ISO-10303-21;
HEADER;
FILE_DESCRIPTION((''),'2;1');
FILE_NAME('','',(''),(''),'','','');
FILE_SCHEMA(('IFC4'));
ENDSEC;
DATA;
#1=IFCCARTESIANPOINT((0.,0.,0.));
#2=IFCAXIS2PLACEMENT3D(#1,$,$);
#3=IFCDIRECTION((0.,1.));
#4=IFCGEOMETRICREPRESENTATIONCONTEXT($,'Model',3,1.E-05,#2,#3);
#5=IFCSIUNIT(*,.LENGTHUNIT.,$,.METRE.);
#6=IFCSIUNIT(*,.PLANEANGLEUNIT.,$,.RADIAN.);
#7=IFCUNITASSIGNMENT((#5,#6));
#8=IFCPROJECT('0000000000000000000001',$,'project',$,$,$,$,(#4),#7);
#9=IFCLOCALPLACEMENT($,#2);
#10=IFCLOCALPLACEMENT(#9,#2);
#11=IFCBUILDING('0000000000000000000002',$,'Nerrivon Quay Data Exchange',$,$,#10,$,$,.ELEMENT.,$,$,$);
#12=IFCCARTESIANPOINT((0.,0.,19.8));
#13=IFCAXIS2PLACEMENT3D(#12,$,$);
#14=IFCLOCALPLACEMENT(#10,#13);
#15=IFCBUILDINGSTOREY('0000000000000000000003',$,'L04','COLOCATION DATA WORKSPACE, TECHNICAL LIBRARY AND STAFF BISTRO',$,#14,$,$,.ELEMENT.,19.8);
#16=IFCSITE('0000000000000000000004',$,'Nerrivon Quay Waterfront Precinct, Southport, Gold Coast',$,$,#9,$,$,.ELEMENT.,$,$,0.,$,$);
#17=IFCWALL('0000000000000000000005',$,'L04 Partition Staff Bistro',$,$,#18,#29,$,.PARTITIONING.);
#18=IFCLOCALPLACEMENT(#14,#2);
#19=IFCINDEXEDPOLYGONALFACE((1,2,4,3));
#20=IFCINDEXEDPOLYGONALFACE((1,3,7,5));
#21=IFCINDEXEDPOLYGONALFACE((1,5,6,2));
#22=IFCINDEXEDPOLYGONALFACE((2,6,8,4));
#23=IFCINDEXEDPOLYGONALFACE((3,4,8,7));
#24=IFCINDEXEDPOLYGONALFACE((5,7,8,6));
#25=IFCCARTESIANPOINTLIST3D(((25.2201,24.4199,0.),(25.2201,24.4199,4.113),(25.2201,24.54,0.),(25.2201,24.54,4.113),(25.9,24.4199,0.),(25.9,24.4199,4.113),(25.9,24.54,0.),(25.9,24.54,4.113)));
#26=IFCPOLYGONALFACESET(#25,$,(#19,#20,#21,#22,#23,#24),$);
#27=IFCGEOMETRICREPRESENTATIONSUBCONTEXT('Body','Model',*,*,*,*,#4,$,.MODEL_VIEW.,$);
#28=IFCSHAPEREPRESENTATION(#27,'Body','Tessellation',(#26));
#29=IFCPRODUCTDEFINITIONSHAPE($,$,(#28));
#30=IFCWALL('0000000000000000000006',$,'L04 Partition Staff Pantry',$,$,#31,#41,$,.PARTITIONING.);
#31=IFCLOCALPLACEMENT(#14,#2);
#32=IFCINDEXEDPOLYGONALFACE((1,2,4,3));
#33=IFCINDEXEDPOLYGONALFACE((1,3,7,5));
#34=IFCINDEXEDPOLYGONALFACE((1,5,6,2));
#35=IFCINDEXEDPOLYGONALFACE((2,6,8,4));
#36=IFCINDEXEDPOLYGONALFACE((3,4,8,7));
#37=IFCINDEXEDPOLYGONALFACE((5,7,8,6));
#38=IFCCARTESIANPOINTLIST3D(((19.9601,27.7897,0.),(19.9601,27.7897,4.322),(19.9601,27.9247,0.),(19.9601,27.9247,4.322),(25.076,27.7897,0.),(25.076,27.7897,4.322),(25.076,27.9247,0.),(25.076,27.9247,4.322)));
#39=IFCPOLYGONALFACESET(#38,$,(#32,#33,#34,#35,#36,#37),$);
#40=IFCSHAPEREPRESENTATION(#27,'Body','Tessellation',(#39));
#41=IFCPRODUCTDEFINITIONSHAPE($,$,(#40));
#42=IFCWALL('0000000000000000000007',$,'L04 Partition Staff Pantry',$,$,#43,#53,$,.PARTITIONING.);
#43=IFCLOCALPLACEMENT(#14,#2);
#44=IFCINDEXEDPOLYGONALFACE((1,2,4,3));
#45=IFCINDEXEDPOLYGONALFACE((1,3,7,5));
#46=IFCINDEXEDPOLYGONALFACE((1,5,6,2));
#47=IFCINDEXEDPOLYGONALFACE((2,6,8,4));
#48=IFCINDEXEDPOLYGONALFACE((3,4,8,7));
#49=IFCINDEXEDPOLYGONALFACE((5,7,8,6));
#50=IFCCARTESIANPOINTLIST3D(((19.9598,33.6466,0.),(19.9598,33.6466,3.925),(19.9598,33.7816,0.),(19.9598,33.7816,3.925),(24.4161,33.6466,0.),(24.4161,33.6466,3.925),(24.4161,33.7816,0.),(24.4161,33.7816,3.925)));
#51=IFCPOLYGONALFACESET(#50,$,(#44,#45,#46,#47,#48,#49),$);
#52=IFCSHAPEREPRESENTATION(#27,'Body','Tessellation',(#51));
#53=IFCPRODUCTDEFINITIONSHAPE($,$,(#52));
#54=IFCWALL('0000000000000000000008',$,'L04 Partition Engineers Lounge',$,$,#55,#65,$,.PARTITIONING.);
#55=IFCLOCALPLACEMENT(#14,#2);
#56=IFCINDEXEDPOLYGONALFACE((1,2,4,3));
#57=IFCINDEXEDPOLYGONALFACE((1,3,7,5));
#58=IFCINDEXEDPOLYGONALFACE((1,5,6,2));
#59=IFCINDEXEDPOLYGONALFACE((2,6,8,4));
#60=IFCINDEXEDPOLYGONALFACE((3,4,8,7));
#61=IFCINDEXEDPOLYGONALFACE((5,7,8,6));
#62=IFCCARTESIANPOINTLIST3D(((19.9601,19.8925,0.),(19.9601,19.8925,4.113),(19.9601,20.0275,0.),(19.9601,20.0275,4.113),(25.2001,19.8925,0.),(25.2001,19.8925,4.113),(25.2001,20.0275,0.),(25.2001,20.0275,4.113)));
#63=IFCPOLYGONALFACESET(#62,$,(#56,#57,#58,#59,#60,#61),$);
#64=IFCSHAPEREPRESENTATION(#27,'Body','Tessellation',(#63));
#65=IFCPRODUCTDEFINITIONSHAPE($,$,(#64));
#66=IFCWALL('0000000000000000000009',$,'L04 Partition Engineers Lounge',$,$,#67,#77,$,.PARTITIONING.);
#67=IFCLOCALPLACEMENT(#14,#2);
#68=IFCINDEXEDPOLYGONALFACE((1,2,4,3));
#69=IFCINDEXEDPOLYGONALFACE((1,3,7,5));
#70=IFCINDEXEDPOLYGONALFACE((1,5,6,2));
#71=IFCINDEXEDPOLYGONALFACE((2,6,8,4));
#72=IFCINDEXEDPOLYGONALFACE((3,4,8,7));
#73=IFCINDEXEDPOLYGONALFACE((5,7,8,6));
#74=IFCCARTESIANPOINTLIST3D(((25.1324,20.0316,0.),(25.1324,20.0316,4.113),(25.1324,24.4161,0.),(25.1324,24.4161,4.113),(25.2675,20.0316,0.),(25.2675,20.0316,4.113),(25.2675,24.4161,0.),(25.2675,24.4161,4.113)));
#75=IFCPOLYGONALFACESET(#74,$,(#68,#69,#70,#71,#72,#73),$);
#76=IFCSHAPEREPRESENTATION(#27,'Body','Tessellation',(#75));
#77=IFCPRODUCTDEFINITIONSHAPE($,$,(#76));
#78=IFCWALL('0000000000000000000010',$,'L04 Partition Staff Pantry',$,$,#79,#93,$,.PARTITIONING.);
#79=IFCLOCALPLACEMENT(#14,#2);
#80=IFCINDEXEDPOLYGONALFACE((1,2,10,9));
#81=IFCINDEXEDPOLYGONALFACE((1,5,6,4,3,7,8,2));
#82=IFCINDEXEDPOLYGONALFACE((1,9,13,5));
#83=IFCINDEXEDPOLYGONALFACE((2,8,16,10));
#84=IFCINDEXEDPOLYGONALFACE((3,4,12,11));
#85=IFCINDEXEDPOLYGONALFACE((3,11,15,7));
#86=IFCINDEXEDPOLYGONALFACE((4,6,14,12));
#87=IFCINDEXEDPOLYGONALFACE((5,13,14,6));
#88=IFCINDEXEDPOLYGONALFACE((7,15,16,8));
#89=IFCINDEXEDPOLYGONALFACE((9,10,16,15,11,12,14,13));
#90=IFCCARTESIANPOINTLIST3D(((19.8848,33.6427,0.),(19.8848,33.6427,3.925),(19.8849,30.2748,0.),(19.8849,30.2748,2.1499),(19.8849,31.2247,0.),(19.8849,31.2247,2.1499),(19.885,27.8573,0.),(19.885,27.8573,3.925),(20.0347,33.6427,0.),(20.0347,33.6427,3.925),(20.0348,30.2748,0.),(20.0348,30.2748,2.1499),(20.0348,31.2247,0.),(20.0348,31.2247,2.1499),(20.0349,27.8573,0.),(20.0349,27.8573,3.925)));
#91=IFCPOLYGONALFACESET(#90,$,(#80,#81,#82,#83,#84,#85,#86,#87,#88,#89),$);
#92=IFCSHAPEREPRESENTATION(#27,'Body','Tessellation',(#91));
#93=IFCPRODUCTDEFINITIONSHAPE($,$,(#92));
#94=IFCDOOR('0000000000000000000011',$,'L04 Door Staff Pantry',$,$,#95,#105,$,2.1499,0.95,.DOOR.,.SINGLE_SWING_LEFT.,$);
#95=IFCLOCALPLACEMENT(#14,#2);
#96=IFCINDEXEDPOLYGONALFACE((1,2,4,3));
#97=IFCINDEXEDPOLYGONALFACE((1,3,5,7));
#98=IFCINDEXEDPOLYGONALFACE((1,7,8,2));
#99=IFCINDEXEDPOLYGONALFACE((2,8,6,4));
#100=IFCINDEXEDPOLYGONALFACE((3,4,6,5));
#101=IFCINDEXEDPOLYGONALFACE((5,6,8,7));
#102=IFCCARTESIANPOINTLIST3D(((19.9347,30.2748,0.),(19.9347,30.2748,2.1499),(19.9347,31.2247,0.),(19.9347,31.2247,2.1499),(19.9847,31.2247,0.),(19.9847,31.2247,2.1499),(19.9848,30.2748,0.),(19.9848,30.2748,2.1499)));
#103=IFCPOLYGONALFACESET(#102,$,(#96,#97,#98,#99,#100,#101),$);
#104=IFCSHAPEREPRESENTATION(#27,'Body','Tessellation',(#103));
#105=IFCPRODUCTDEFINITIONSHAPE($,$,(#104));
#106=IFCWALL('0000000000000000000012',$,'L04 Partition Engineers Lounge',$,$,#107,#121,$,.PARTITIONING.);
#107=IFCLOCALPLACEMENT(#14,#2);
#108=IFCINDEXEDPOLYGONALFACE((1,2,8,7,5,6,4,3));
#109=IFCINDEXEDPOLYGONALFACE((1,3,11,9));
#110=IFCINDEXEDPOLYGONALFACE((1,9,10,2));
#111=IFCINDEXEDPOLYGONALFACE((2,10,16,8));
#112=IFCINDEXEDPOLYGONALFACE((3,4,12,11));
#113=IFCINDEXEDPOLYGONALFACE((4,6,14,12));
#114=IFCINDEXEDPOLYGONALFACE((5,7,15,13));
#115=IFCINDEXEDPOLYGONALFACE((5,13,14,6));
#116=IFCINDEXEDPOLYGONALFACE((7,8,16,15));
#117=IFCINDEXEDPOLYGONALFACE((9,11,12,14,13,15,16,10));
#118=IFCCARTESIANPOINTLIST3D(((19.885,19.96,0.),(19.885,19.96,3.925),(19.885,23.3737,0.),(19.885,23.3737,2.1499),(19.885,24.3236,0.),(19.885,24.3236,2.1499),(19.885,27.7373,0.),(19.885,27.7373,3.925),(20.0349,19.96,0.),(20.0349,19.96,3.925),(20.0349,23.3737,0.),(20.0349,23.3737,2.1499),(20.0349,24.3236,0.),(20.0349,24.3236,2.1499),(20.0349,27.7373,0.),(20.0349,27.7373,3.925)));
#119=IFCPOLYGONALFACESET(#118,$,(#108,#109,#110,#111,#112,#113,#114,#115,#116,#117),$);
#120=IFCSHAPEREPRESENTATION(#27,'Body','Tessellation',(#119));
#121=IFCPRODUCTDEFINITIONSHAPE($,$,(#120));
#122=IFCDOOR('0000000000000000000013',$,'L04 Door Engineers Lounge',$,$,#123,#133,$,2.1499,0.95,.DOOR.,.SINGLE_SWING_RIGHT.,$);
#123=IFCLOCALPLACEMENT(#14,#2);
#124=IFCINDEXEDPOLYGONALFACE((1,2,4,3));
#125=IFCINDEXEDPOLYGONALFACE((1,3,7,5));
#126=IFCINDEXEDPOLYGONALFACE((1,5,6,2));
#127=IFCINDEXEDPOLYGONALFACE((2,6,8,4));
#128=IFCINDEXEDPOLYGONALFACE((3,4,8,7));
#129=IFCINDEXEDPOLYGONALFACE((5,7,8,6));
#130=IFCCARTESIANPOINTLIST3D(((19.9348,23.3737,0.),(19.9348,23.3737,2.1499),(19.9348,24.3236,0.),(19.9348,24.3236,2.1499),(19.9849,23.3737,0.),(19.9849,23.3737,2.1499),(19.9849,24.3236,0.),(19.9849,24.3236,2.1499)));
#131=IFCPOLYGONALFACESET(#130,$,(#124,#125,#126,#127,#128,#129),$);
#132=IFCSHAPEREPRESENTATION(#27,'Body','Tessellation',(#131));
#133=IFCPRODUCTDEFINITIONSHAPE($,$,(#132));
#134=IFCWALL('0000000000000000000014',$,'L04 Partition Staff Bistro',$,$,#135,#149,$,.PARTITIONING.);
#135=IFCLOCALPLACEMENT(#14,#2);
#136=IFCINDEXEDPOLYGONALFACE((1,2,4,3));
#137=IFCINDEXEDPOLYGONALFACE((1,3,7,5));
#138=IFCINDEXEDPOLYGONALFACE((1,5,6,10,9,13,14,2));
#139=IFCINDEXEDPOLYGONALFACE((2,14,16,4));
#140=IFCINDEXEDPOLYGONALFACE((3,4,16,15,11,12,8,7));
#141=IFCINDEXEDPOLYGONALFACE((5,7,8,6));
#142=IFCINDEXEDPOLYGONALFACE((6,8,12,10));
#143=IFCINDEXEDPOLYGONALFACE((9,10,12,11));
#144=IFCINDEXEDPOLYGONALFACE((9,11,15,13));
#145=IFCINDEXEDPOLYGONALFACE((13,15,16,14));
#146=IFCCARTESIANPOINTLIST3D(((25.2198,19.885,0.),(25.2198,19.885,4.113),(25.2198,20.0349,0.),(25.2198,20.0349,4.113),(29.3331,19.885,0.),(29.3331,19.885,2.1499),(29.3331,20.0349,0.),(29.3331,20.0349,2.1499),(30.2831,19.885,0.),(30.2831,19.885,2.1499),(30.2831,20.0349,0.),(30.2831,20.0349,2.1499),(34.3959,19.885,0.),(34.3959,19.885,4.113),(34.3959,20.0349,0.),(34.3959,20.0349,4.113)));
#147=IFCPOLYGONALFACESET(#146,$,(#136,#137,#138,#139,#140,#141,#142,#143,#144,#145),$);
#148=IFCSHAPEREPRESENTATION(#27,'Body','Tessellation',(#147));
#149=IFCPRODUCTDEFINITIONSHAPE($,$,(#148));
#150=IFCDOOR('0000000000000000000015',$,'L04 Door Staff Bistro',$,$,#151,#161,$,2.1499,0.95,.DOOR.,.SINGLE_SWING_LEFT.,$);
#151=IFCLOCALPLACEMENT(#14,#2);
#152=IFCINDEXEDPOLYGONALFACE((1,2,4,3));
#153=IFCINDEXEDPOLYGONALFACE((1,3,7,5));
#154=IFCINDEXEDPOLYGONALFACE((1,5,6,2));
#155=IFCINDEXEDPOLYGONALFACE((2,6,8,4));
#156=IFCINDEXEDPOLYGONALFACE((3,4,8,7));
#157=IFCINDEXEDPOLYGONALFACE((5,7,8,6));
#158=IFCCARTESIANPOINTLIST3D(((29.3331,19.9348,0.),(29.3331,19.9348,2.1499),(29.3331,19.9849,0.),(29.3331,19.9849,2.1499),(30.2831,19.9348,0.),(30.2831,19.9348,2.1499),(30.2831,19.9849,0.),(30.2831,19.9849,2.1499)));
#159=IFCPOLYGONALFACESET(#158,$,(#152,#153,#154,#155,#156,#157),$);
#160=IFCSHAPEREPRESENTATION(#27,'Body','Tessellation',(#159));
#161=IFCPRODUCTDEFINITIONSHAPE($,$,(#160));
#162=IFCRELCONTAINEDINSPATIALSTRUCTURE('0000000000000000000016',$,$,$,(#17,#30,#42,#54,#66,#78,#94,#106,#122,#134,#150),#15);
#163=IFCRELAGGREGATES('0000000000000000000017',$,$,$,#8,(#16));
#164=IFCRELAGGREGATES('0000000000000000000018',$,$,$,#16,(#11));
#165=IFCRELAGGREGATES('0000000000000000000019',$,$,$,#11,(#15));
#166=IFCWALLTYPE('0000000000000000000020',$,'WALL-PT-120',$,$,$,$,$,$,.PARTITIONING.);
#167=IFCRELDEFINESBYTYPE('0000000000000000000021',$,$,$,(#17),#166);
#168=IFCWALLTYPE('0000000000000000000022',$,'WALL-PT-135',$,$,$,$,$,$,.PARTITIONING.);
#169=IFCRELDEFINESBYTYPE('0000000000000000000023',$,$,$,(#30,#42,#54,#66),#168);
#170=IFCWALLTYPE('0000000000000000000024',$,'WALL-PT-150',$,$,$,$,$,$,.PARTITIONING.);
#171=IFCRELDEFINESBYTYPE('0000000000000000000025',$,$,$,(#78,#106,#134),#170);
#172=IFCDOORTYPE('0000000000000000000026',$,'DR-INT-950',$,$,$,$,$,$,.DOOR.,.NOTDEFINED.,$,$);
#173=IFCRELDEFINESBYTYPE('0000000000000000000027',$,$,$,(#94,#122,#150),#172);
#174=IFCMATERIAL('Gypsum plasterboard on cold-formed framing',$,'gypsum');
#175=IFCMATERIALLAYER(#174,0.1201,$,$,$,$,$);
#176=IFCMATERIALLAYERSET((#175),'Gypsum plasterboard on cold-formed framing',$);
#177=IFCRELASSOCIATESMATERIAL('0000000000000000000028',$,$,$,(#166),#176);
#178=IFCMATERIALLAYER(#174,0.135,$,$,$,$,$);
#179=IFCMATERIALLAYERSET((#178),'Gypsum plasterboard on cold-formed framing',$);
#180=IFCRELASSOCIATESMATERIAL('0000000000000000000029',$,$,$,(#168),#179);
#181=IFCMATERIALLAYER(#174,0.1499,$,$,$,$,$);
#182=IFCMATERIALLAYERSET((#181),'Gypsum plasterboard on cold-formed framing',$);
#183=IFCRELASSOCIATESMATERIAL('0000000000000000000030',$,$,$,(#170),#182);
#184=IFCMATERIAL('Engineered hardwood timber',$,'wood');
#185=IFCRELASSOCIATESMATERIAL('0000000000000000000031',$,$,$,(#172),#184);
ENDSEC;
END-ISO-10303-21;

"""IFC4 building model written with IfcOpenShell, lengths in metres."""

from ifc_helpers import new_model, si_unit, direction, frame, frame_2d, origin, place, context, subcontext, project, spatial, rectangle, extrude, material, layer, layer_set, type_object, element, fill, save


model = new_model("IFC4")

# Units and contexts
model_context = context("Model", 3, precision=1e-05, world=origin(), true_north=direction((0.0, 1.0)))
body_context = subcontext(model_context, "Body", "Model", "MODEL_VIEW")
ifc_project = project(units=[si_unit("LENGTHUNIT", "METRE"), si_unit("PLANEANGLEUNIT", "RADIAN")], contexts=[model_context])

# Site, building, storey
site_placement = place(None, origin())
site = spatial("IfcSite", under=ifc_project, at=site_placement, Name="Nerrivon Quay Waterfront Precinct, Southport, Gold Coast", CompositionType="ELEMENT", RefElevation=0.0)
building_placement = place(site_placement, origin())
building = spatial("IfcBuilding", under=site, at=building_placement, Name="Nerrivon Quay Data Exchange", CompositionType="ELEMENT")
storey_placement = place(building_placement, frame((0.0, 0.0, 19.8)))
storey = spatial("IfcBuildingStorey", under=building, at=storey_placement, Name="L04", Description="COLOCATION DATA WORKSPACE, TECHNICAL LIBRARY AND STAFF BISTRO", CompositionType="ELEMENT", Elevation=19.8)

# Walls
ifc_material_1 = material(Name="Gypsum plasterboard on cold-formed framing", Category="gypsum")
ifc_layer_1 = layer(ifc_material_1, 0.1201)
ifc_layer_set_1 = layer_set([ifc_layer_1], Name="Gypsum plasterboard on cold-formed framing")
wall_type_1 = type_object("IfcWallType", Name="WALL-PT-120", PredefinedType="PARTITIONING", material=ifc_layer_set_1)
wall_1_placement = place(storey_placement, frame((25.8999, 24.48, 0.0), z_axis=(0.0, 0.0, 1.0), x_axis=(-1.0, 0.0, 0.0)))
element("IfcWall", 1, at=wall_1_placement, inside=storey, type_object=wall_type_1, Name="L04 Partition Staff Bistro", PredefinedType="PARTITIONING", context=body_context, shape_type="SweptSolid", body=[
    extrude(rectangle(XDim=0.6799, YDim=0.1201, at=frame_2d((0.3398, 0.0))), origin(), (0.0, 0.0, 1.0), 4.113),
])
ifc_layer_2 = layer(ifc_material_1, 0.135)
ifc_layer_set_2 = layer_set([ifc_layer_2], Name="Gypsum plasterboard on cold-formed framing")
wall_type_2 = type_object("IfcWallType", Name="WALL-PT-135", PredefinedType="PARTITIONING", material=ifc_layer_set_2)
wall_2_placement = place(storey_placement, frame((19.96, 27.8572, 0.0), z_axis=(0.0, 0.0, 1.0), x_axis=(1.0, 0.0, 0.0)))
element("IfcWall", 2, at=wall_2_placement, inside=storey, type_object=wall_type_2, Name="L04 Partition Staff Pantry", PredefinedType="PARTITIONING", context=body_context, shape_type="SweptSolid", body=[
    extrude(rectangle(XDim=5.116, YDim=0.135, at=frame_2d((2.5581, 0.0))), origin(), (0.0, 0.0, 1.0), 4.322),
])
wall_3_placement = place(storey_placement, frame((24.416, 33.7141, 0.0), z_axis=(0.0, 0.0, 1.0), x_axis=(-1.0, 0.0, 0.0)))
element("IfcWall", 3, at=wall_3_placement, inside=storey, type_object=wall_type_2, Name="L04 Partition Staff Pantry", PredefinedType="PARTITIONING", context=body_context, shape_type="SweptSolid", body=[
    extrude(rectangle(XDim=4.4563, YDim=0.135, at=frame_2d((2.228, 0.0))), origin(), (0.0, 0.0, 1.0), 3.925),
])
wall_4_placement = place(storey_placement, frame((19.96, 19.96, 0.0), z_axis=(0.0, 0.0, 1.0), x_axis=(1.0, 0.0, 0.0)))
element("IfcWall", 4, at=wall_4_placement, inside=storey, type_object=wall_type_2, Name="L04 Partition Engineers Lounge", PredefinedType="PARTITIONING", context=body_context, shape_type="SweptSolid", body=[
    extrude(rectangle(XDim=5.24, YDim=0.135, at=frame_2d((2.6201, 0.0))), origin(), (0.0, 0.0, 1.0), 4.113),
])
wall_5_placement = place(storey_placement, frame((25.2, 20.0315, 0.0), z_axis=(0.0, 0.0, 1.0), x_axis=(0.0, 1.0, 0.0)))
element("IfcWall", 5, at=wall_5_placement, inside=storey, type_object=wall_type_2, Name="L04 Partition Engineers Lounge", PredefinedType="PARTITIONING", context=body_context, shape_type="SweptSolid", body=[
    extrude(rectangle(XDim=4.3845, YDim=0.135, at=frame_2d((2.1924, 0.0))), origin(), (0.0, 0.0, 1.0), 4.113),
])

# Walls, openings, doors
ifc_layer_3 = layer(ifc_material_1, 0.1499)
ifc_layer_set_3 = layer_set([ifc_layer_3], Name="Gypsum plasterboard on cold-formed framing")
wall_type_3 = type_object("IfcWallType", Name="WALL-PT-150", PredefinedType="PARTITIONING", material=ifc_layer_set_3)
wall_6_placement = place(storey_placement, frame((19.9597, 33.6426, 0.0), z_axis=(0.0, 0.0, 1.0), x_axis=(0.000042, -1.0, 0.0)))
wall_6 = element("IfcWall", 6, at=wall_6_placement, inside=storey, type_object=wall_type_3, Name="L04 Partition Staff Pantry", PredefinedType="PARTITIONING", context=body_context, shape_type="SweptSolid", body=[
    extrude(rectangle(XDim=5.7854, YDim=0.1499, at=frame_2d((2.8926, 0.0))), origin(), (0.0, 0.0, 1.0), 3.925),
])
opening_1_placement = place(wall_6_placement, frame((2.4177, 0.0, 0.0)))
opening_1 = element("IfcOpeningElement", 7, at=opening_1_placement, cuts=wall_6, PredefinedType="OPENING", context=body_context, shape_type="SweptSolid", body=[
    extrude(rectangle(XDim=0.95, YDim=2.1499, at=frame_2d((0.4751, 1.075))), frame((0.0, 0.085, 0.0), z_axis=(0.0, -1.0, 0.0), x_axis=(1.0, 0.0, 0.0)), (0.0, 0.0, 1.0), 0.1699),
])
ifc_material_2 = material(Name="Engineered hardwood timber", Category="wood")
door_type_1 = type_object("IfcDoorType", Name="DR-INT-950", OperationType="NOTDEFINED", PredefinedType="DOOR", material=ifc_material_2)
door_1_placement = place(opening_1_placement, origin())
door_1 = element("IfcDoor", 8, at=door_1_placement, inside=storey, type_object=door_type_1, Name="L04 Door Staff Pantry", OperationType="SINGLE_SWING_LEFT", OverallHeight=2.1499, OverallWidth=0.95, PredefinedType="DOOR", context=body_context, shape_type="SweptSolid", body=[
    extrude(rectangle(XDim=0.95, YDim=2.1499, at=frame_2d((0.4751, 1.075))), frame((0.0, 0.0249, 0.0), z_axis=(0.0, -1.0, 0.0), x_axis=(1.0, 0.0, 0.0)), (0.0, 0.0, 1.0), 0.05),
])
fill(opening_1, door_1)
wall_7_placement = place(storey_placement, frame((19.96, 27.7373, 0.0), z_axis=(0.0, 0.0, 1.0), x_axis=(0.0, -1.0, 0.0)))
wall_7 = element("IfcWall", 9, at=wall_7_placement, inside=storey, type_object=wall_type_3, Name="L04 Partition Engineers Lounge", PredefinedType="PARTITIONING", context=body_context, shape_type="SweptSolid", body=[
    extrude(rectangle(XDim=7.7773, YDim=0.1499, at=frame_2d((3.8887, 0.0))), origin(), (0.0, 0.0, 1.0), 3.925),
])
opening_2_placement = place(wall_7_placement, frame((3.4136, 0.0, 0.0)))
opening_2 = element("IfcOpeningElement", 10, at=opening_2_placement, cuts=wall_7, PredefinedType="OPENING", context=body_context, shape_type="SweptSolid", body=[
    extrude(rectangle(XDim=0.95, YDim=2.1499, at=frame_2d((0.4751, 1.075))), frame((0.0, 0.085, 0.0), z_axis=(0.0, -1.0, 0.0), x_axis=(1.0, 0.0, 0.0)), (0.0, 0.0, 1.0), 0.1699),
])
door_2_placement = place(opening_2_placement, origin())
door_2 = element("IfcDoor", 11, at=door_2_placement, inside=storey, type_object=door_type_1, Name="L04 Door Engineers Lounge", OperationType="SINGLE_SWING_RIGHT", OverallHeight=2.1499, OverallWidth=0.95, PredefinedType="DOOR", context=body_context, shape_type="SweptSolid", body=[
    extrude(rectangle(XDim=0.95, YDim=2.1499, at=frame_2d((0.4751, 1.075))), frame((0.0, 0.0249, 0.0), z_axis=(0.0, -1.0, 0.0), x_axis=(1.0, 0.0, 0.0)), (0.0, 0.0, 1.0), 0.05),
])
fill(opening_2, door_2)
wall_8_placement = place(storey_placement, frame((25.22, 19.96, 0.0), z_axis=(0.0, 0.0, 1.0), x_axis=(1.0, 0.0, 0.0)))
wall_8 = element("IfcWall", 12, at=wall_8_placement, inside=storey, type_object=wall_type_3, Name="L04 Partition Staff Bistro", PredefinedType="PARTITIONING", context=body_context, shape_type="SweptSolid", body=[
    extrude(rectangle(XDim=9.176, YDim=0.1499, at=frame_2d((4.5879, 0.0))), origin(), (0.0, 0.0, 1.0), 4.113),
])
opening_3_placement = place(wall_8_placement, frame((4.113, 0.0, 0.0)))
opening_3 = element("IfcOpeningElement", 13, at=opening_3_placement, cuts=wall_8, PredefinedType="OPENING", context=body_context, shape_type="SweptSolid", body=[
    extrude(rectangle(XDim=0.95, YDim=2.1499, at=frame_2d((0.4751, 1.075))), frame((0.0, 0.085, 0.0), z_axis=(0.0, -1.0, 0.0), x_axis=(1.0, 0.0, 0.0)), (0.0, 0.0, 1.0), 0.1699),
])
door_3_placement = place(opening_3_placement, origin())
door_3 = element("IfcDoor", 14, at=door_3_placement, inside=storey, type_object=door_type_1, Name="L04 Door Staff Bistro", OperationType="SINGLE_SWING_LEFT", OverallHeight=2.1499, OverallWidth=0.95, PredefinedType="DOOR", context=body_context, shape_type="SweptSolid", body=[
    extrude(rectangle(XDim=0.95, YDim=2.1499, at=frame_2d((0.4751, 1.075))), frame((0.0, 0.0249, 0.0), z_axis=(0.0, -1.0, 0.0), x_axis=(1.0, 0.0, 0.0)), (0.0, 0.0, 1.0), 0.05),
])
fill(opening_3, door_3)

save(model, "model.ifc")
